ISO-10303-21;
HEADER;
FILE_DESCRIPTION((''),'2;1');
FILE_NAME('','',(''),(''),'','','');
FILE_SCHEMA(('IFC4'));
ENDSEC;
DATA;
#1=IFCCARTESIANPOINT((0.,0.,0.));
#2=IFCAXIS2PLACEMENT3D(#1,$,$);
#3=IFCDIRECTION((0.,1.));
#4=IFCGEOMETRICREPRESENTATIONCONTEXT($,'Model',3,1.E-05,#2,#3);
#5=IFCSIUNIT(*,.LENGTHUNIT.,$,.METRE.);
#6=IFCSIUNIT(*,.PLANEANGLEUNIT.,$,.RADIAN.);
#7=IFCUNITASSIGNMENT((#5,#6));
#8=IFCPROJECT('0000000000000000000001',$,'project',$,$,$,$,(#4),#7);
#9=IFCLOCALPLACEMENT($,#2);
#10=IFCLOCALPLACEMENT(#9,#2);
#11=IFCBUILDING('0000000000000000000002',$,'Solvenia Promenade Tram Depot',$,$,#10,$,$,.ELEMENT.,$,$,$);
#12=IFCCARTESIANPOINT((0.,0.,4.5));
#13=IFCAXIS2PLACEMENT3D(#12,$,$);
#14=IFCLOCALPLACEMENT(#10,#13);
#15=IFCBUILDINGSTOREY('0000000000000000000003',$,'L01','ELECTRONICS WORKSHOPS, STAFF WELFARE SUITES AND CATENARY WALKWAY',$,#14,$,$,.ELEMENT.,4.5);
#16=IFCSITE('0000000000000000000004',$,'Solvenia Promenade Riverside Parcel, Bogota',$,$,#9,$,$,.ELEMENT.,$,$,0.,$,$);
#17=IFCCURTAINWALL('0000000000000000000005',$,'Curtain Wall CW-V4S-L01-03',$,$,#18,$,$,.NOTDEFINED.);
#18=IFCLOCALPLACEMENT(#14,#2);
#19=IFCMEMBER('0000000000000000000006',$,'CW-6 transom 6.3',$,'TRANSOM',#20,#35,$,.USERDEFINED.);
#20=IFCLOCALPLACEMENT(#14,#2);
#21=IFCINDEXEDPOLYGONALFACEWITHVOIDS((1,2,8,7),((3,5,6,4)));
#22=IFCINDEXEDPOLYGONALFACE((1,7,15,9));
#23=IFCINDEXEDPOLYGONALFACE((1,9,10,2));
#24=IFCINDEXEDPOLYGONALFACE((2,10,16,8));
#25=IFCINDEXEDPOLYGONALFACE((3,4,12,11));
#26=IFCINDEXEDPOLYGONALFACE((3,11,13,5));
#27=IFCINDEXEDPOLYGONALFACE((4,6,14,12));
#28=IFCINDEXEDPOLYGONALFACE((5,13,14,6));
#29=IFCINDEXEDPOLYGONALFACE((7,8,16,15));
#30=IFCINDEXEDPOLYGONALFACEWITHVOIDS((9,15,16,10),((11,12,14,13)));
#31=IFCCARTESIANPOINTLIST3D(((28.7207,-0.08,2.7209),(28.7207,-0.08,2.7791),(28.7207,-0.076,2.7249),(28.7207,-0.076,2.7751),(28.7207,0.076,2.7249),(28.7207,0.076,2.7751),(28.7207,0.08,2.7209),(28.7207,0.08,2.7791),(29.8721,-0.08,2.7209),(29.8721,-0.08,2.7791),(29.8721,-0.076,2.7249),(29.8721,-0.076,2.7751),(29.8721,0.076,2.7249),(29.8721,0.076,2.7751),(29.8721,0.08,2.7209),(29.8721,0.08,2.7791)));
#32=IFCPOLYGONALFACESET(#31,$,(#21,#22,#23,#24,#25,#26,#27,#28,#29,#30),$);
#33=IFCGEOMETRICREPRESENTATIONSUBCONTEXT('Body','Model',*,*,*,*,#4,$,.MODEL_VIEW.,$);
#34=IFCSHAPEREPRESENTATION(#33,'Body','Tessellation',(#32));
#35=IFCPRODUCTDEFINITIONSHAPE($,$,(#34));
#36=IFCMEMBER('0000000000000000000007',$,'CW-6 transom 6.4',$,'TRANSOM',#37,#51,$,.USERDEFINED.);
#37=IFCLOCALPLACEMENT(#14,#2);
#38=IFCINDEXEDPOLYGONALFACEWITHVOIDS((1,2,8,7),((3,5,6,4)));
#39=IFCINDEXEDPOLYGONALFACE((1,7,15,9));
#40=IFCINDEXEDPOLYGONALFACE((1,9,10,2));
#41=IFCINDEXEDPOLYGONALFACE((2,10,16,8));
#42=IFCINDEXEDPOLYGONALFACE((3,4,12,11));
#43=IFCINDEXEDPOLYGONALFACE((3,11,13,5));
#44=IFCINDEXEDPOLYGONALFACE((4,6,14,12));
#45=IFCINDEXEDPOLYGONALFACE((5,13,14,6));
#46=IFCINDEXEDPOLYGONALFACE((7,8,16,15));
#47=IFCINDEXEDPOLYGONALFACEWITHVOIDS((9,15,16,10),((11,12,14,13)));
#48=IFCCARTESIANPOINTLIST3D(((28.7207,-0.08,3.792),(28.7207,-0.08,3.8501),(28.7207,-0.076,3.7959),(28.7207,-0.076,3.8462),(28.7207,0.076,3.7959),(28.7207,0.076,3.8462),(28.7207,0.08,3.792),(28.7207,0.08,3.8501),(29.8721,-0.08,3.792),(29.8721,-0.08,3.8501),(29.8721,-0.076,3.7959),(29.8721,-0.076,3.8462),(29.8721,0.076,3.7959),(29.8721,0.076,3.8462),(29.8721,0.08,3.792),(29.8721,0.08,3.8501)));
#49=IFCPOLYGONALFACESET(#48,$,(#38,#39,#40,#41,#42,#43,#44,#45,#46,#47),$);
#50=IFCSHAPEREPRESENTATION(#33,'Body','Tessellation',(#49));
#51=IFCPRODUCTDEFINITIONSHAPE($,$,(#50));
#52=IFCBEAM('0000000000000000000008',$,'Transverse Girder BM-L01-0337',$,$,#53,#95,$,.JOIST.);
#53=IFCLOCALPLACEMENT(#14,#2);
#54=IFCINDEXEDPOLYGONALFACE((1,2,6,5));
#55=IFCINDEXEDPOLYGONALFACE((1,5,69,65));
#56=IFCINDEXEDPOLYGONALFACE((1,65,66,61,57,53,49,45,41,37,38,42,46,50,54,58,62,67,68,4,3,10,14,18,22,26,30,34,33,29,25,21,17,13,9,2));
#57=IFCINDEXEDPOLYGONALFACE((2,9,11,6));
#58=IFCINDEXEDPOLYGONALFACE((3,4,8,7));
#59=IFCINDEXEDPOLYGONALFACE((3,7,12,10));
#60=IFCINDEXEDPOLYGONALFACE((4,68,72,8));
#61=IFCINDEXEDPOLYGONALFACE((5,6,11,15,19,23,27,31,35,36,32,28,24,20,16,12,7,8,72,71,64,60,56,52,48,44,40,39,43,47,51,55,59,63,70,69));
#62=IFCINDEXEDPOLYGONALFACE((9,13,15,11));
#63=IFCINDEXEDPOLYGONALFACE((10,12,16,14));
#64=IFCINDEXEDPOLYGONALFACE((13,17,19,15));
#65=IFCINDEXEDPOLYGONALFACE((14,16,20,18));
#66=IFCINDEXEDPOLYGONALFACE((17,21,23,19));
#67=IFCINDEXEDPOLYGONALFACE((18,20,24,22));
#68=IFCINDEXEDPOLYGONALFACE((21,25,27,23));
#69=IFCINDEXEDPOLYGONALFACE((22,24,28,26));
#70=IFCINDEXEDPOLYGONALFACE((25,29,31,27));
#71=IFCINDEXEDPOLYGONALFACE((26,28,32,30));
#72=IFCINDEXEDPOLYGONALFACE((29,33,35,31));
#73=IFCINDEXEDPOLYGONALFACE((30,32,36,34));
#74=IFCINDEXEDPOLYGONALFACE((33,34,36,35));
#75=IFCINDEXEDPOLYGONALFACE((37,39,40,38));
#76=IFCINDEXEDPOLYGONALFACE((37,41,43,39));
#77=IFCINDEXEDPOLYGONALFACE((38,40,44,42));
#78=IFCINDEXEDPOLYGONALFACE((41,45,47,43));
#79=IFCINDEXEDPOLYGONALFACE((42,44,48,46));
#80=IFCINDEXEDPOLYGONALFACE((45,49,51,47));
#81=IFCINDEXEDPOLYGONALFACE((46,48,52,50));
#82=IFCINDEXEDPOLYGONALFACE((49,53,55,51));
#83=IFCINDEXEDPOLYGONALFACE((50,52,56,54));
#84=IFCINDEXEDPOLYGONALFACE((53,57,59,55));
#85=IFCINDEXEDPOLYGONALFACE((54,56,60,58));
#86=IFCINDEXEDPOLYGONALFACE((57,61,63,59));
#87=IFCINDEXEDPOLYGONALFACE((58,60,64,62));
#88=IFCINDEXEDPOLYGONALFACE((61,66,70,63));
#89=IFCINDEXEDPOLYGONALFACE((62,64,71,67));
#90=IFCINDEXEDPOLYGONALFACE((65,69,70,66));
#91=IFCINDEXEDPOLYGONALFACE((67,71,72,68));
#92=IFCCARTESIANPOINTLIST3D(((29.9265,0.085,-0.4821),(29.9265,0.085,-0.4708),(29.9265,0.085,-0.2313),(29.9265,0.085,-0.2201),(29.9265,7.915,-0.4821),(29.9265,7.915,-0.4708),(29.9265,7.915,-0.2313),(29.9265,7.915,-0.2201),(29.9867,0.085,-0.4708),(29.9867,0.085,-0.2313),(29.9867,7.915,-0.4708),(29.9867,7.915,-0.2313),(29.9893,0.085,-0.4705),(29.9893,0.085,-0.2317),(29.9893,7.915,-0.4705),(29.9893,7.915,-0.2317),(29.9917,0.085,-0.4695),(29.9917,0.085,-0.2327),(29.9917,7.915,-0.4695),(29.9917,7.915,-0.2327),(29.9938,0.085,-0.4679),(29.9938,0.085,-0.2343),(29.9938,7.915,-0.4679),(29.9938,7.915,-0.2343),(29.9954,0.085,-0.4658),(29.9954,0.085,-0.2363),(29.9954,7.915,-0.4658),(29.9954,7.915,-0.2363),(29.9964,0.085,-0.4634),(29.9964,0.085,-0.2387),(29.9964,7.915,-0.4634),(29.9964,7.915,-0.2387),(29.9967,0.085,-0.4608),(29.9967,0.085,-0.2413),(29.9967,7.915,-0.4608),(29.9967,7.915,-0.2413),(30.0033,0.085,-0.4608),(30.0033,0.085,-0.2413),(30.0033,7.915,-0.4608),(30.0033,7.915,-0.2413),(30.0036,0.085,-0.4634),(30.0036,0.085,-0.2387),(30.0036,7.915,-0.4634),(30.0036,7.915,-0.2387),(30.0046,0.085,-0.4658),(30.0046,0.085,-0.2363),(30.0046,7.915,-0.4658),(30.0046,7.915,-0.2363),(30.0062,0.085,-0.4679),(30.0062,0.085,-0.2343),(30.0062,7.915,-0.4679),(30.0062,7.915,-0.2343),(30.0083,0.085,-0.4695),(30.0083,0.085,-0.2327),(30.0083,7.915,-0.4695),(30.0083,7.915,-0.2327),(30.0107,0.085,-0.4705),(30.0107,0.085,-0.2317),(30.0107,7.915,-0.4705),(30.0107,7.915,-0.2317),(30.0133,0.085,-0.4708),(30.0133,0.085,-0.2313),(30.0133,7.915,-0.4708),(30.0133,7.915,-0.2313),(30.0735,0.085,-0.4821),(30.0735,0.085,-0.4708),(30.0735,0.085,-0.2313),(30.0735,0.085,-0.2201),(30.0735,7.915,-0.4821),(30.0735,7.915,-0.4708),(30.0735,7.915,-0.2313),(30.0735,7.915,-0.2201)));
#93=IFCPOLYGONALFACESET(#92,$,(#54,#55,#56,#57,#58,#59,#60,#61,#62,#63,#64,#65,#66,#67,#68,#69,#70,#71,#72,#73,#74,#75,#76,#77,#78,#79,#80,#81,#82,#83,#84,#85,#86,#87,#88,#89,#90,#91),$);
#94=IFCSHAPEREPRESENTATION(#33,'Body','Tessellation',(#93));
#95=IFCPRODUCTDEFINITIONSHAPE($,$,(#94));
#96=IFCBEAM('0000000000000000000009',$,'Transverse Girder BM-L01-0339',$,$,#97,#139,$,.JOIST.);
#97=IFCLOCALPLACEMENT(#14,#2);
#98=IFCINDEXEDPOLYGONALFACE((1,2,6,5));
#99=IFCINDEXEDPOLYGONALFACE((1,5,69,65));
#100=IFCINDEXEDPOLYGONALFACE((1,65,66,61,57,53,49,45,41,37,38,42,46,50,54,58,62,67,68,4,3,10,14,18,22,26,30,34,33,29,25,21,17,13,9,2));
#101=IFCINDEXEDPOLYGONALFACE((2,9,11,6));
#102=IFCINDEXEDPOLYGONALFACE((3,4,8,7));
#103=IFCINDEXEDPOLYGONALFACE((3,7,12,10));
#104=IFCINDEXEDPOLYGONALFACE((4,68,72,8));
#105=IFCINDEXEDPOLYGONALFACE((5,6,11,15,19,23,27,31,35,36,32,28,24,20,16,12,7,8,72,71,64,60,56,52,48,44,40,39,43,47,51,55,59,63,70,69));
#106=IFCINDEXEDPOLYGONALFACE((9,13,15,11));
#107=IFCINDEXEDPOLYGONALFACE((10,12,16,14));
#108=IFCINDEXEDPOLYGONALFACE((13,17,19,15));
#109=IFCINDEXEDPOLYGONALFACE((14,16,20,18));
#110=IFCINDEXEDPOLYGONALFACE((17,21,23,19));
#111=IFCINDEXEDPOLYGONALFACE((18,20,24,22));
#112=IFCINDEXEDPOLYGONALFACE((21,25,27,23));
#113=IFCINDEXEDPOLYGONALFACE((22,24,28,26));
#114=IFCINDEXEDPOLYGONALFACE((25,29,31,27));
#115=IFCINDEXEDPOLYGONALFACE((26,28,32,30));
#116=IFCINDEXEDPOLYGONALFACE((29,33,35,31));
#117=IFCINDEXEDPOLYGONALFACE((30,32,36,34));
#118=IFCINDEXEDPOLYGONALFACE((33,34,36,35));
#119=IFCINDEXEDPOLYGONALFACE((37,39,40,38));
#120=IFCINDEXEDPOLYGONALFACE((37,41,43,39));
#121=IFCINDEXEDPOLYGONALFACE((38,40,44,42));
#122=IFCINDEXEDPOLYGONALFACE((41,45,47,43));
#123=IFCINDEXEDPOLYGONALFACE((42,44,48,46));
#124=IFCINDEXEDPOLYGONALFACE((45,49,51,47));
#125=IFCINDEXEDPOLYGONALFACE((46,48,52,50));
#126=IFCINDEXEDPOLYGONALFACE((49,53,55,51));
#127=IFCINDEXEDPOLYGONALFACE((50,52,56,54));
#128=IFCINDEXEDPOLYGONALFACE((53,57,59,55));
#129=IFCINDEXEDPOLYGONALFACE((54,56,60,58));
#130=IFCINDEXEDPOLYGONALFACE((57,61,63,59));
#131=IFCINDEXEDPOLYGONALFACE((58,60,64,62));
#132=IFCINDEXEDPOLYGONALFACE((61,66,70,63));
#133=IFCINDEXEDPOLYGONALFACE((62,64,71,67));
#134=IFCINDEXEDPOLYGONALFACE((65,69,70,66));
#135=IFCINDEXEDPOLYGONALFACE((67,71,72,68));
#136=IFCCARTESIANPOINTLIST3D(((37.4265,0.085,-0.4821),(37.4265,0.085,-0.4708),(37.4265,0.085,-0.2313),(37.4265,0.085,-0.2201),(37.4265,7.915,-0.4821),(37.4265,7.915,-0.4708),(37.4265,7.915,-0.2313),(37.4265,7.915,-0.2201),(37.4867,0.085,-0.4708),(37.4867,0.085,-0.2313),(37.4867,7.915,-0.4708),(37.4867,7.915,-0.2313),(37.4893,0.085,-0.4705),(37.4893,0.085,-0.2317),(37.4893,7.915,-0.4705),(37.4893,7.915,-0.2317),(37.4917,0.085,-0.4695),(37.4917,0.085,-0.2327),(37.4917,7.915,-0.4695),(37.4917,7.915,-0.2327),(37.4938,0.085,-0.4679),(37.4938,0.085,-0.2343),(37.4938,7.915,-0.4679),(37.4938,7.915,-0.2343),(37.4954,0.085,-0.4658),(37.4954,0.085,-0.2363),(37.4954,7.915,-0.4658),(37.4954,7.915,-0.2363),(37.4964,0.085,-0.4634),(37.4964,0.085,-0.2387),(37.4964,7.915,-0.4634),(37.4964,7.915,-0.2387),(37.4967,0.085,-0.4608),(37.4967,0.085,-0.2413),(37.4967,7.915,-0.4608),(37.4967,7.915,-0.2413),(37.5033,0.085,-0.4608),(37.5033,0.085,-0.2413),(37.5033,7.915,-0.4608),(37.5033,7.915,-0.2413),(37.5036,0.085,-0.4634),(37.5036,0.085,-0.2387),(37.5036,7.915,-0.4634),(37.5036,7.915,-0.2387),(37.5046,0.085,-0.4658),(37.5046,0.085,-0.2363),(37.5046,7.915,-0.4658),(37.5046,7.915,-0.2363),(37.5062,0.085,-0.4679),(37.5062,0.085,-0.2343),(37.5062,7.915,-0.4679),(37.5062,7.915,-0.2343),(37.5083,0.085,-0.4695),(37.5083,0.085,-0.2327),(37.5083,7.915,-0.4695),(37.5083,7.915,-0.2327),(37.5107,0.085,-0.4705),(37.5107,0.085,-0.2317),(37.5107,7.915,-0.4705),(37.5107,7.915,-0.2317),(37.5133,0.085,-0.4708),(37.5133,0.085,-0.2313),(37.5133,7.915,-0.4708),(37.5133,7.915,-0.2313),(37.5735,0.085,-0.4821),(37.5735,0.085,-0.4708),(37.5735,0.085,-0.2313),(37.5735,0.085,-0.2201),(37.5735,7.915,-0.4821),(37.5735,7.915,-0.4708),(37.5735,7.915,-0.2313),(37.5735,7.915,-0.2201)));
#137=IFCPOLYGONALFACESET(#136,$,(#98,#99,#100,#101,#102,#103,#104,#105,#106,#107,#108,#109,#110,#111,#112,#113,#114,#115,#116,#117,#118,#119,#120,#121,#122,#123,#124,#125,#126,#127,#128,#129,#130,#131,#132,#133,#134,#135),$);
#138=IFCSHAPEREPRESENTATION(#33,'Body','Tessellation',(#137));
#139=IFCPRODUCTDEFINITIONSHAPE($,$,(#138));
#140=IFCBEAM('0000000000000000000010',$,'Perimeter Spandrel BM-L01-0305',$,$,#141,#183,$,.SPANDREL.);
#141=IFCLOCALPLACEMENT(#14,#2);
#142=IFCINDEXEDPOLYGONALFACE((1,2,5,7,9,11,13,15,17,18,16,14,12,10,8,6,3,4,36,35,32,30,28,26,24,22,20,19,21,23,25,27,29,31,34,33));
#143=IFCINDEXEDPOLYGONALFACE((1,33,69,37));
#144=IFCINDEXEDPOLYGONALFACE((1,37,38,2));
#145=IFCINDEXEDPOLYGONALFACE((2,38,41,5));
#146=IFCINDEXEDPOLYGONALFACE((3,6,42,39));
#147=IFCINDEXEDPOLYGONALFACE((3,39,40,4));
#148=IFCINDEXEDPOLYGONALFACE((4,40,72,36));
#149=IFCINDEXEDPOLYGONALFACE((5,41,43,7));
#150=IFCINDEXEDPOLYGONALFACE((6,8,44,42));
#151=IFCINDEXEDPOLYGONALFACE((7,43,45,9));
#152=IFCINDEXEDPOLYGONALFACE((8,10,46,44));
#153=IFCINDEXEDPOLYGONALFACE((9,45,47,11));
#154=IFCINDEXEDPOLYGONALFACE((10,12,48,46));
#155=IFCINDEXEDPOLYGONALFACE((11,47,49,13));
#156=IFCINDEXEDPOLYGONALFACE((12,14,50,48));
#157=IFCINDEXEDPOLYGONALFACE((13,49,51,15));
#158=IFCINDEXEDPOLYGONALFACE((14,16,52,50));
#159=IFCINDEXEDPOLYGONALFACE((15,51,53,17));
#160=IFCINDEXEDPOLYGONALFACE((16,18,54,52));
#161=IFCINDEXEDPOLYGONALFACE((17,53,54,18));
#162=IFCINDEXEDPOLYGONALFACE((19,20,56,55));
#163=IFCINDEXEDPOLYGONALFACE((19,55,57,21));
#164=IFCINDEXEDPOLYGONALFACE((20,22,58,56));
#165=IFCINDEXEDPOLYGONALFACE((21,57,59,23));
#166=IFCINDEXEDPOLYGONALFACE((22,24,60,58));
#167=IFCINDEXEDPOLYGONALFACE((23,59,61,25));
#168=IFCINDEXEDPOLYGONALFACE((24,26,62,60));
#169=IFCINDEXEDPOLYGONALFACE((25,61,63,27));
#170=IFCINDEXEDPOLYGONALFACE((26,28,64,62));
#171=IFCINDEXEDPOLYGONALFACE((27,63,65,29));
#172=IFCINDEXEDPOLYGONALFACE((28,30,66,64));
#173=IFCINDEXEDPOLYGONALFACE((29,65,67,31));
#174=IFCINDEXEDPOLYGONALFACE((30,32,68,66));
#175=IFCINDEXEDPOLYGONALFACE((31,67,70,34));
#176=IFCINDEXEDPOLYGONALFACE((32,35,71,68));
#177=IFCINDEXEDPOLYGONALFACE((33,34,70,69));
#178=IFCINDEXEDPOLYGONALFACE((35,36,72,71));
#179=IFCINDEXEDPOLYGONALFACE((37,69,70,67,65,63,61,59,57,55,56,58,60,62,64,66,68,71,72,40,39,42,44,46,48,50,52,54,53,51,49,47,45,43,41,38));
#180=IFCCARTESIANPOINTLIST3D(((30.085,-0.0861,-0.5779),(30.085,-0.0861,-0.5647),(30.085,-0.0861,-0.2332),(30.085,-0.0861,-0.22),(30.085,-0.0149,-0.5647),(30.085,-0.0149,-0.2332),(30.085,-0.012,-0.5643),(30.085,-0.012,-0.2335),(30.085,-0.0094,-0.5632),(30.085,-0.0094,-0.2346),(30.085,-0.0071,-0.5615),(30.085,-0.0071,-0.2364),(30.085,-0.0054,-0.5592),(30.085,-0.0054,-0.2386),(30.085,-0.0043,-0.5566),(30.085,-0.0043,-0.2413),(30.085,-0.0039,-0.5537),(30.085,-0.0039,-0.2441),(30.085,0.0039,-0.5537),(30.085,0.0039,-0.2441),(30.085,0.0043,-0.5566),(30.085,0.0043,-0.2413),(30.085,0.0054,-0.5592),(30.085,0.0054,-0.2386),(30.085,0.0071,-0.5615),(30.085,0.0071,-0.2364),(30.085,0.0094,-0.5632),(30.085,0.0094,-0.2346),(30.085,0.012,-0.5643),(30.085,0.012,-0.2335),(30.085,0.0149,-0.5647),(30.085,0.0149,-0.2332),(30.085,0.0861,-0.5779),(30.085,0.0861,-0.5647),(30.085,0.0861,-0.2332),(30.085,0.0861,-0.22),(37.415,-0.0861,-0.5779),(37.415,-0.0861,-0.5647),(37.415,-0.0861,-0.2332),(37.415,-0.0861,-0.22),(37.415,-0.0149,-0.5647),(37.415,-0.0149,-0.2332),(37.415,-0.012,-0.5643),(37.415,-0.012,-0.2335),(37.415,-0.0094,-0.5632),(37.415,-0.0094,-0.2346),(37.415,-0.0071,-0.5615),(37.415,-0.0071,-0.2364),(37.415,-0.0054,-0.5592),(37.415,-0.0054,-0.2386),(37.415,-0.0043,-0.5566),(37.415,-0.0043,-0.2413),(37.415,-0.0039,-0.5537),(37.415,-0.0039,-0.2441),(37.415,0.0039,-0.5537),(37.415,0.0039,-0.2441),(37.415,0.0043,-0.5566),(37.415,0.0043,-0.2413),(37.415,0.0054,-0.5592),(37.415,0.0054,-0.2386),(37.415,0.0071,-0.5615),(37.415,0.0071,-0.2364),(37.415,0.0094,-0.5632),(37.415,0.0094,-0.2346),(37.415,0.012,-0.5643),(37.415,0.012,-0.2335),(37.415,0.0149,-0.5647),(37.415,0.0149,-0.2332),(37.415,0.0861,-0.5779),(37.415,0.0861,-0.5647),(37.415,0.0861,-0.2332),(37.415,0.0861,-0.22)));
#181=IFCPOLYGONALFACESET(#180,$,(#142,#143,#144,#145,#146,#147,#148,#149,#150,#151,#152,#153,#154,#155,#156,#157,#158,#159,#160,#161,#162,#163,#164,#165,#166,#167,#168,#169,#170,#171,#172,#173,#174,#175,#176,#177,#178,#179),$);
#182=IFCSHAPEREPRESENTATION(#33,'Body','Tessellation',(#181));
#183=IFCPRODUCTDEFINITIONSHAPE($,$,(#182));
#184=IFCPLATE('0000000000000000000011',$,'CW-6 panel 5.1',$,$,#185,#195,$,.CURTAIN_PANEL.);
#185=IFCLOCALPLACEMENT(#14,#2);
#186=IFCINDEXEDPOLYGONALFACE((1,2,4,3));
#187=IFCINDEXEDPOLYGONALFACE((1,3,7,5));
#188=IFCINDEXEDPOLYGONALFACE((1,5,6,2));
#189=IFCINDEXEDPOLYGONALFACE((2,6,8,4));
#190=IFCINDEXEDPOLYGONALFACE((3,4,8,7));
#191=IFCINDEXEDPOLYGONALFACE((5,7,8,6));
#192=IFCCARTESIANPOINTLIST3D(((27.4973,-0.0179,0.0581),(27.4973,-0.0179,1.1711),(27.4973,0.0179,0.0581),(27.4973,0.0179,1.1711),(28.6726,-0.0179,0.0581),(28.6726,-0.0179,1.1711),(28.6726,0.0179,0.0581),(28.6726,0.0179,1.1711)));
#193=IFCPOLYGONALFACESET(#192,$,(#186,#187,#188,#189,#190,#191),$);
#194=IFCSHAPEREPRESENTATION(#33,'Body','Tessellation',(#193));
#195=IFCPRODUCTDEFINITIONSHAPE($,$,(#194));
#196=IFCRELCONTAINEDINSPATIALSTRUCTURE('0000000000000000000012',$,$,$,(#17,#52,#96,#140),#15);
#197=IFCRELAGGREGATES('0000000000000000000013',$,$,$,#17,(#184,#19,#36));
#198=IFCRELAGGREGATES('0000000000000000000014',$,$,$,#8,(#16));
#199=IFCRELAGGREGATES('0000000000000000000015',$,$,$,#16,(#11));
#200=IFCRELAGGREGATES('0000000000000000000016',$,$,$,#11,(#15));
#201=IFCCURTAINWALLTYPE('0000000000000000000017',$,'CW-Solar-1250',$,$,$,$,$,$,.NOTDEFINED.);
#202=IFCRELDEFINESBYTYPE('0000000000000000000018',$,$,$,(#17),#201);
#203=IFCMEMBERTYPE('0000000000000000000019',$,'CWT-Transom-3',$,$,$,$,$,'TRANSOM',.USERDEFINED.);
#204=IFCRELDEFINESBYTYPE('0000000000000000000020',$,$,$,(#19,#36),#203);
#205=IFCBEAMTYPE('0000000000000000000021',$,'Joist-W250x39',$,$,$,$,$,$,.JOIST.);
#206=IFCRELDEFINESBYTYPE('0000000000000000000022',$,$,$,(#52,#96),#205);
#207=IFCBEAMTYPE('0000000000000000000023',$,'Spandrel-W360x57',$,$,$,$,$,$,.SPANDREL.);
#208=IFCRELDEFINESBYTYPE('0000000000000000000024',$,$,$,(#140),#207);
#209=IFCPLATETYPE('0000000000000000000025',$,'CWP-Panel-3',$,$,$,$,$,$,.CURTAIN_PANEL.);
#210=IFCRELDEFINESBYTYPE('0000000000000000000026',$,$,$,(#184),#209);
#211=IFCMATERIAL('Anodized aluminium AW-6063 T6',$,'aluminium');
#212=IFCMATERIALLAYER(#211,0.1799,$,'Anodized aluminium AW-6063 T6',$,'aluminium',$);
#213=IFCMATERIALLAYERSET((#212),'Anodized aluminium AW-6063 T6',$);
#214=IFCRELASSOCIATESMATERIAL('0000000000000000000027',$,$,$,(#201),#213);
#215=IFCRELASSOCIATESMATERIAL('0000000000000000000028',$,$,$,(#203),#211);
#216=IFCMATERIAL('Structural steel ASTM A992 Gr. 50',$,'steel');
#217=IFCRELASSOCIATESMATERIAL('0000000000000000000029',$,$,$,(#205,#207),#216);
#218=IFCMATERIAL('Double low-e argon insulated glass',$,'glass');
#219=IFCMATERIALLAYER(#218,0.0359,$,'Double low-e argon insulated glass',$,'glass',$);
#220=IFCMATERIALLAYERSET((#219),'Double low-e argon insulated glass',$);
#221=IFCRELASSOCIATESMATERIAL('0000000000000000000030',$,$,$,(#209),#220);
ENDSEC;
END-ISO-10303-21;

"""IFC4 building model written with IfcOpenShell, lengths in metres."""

from ifc_helpers import new_model, si_unit, direction, frame, origin, origin_2d, place, context, subcontext, project, spatial, rectangle, hollow_rectangle, i_section, extrude, material, layer, layer_set, material_profile, profile_set, type_object, element, aggregate, save


model = new_model("IFC4")

# Units and contexts
model_context = context("Model", 3, precision=1e-05, world=origin(), true_north=direction((0.0, 1.0)))
body_context = subcontext(model_context, "Body", "Model", "MODEL_VIEW")
ifc_project = project(units=[si_unit("LENGTHUNIT", "METRE"), si_unit("PLANEANGLEUNIT", "RADIAN")], contexts=[model_context])

# Site, building, storey
site_placement = place(None, origin())
site = spatial("IfcSite", under=ifc_project, at=site_placement, Name="Solvenia Promenade Riverside Parcel, Bogota", CompositionType="ELEMENT", RefElevation=0.0)
building_placement = place(site_placement, origin())
building = spatial("IfcBuilding", under=site, at=building_placement, Name="Solvenia Promenade Tram Depot", CompositionType="ELEMENT")
storey_placement = place(building_placement, frame((0.0, 0.0, 4.5)))
storey = spatial("IfcBuildingStorey", under=building, at=storey_placement, Name="L01", Description="ELECTRONICS WORKSHOPS, STAFF WELFARE SUITES AND CATENARY WALKWAY", CompositionType="ELEMENT", Elevation=4.5)

# Shared definitions
ifc_material_1 = material(Name="Structural steel ASTM A992 Gr. 50", Category="steel")

# Curtain wall, members
ifc_material_2 = material(Name="Anodized aluminium AW-6063 T6", Category="aluminium")
ifc_layer_1 = layer(ifc_material_2, 0.1799, Name="Anodized aluminium AW-6063 T6", Category="aluminium")
ifc_layer_set_1 = layer_set([ifc_layer_1], Name="Anodized aluminium AW-6063 T6")
curtain_wall_type = type_object("IfcCurtainWallType", Name="CW-Solar-1250", PredefinedType="NOTDEFINED", material=ifc_layer_set_1)
curtain_wall_placement = place(storey_placement, origin())
curtain_wall = element("IfcCurtainWall", 1, at=curtain_wall_placement, inside=storey, type_object=curtain_wall_type, Name="Curtain Wall CW-V4S-L01-03", PredefinedType="NOTDEFINED")
ifc_material_profile_1 = material_profile(ifc_material_2, hollow_rectangle(XDim=0.1599, YDim=0.0581, WallThickness=0.0039, at=origin_2d()), Name="ALU-T3", Category="aluminium")
ifc_profile_set_1 = profile_set([ifc_material_profile_1], Name="Anodized aluminium AW-6063 T6")
member_type_1 = type_object("IfcMemberType", Name="CWT-Transom-3", ElementType="TRANSOM", PredefinedType="USERDEFINED", material=ifc_profile_set_1)
member_1_placement = place(storey_placement, frame((28.7207, 0.0, 2.75), z_axis=(1.0, 0.0, 0.0), x_axis=(0.0, 1.0, 0.0)))
member_1 = element("IfcMember", 2, at=member_1_placement, type_object=member_type_1, Name="CW-6 transom 6.3", ObjectType="TRANSOM", PredefinedType="USERDEFINED", context=body_context, shape_type="SweptSolid", body=[
    extrude(hollow_rectangle(XDim=0.1599, YDim=0.0581, WallThickness=0.0039, at=origin_2d()), origin(), (0.0, 0.0, 1.0), 1.1514),
])
member_2_placement = place(storey_placement, frame((28.7207, 0.0, 3.821), z_axis=(1.0, 0.0, 0.0), x_axis=(0.0, 1.0, 0.0)))
member_2 = element("IfcMember", 3, at=member_2_placement, type_object=member_type_1, Name="CW-6 transom 6.4", ObjectType="TRANSOM", PredefinedType="USERDEFINED", context=body_context, shape_type="SweptSolid", body=[
    extrude(hollow_rectangle(XDim=0.1599, YDim=0.0581, WallThickness=0.0039, at=origin_2d()), origin(), (0.0, 0.0, 1.0), 1.1514),
])

# Beams
ifc_material_profile_2 = material_profile(ifc_material_1, i_section(OverallWidth=0.147, OverallDepth=0.262, WebThickness=0.0066, FlangeThickness=0.0112, FilletRadius=0.01, at=origin_2d()), Name="W250x39", Category="steel")
ifc_profile_set_2 = profile_set([ifc_material_profile_2], Name="Structural steel ASTM A992 Gr. 50")
beam_type_1 = type_object("IfcBeamType", Name="Joist-W250x39", PredefinedType="JOIST", material=ifc_profile_set_2)
for number, where, z_axis, x_axis, name in (
    (4, (30.0, 0.085, -0.3511), (0.0, 1.0, 0.0), (-1.0, 0.0, 0.0), "Transverse Girder BM-L01-0337"),
    (5, (37.5, 0.085, -0.3511), (0.0, 1.0, 0.0), (-1.0, 0.0, 0.0), "Transverse Girder BM-L01-0339"),
):
    element("IfcBeam", number, at=place(storey_placement, frame(where, z_axis=z_axis, x_axis=x_axis)), inside=storey, type_object=beam_type_1, Name=name, PredefinedType="JOIST", context=body_context, shape_type="SweptSolid", body=[
        extrude(i_section(OverallWidth=0.147, OverallDepth=0.262, WebThickness=0.0066, FlangeThickness=0.0112, FilletRadius=0.01, at=origin_2d()), origin(), (0.0, 0.0, 1.0), 7.8301),
    ])
ifc_material_profile_3 = material_profile(ifc_material_1, i_section(OverallWidth=0.1721, OverallDepth=0.3579, WebThickness=0.0078, FlangeThickness=0.0132, FilletRadius=0.011, at=origin_2d()), Name="W360x57", Category="steel")
ifc_profile_set_3 = profile_set([ifc_material_profile_3], Name="Structural steel ASTM A992 Gr. 50")
beam_type_2 = type_object("IfcBeamType", Name="Spandrel-W360x57", PredefinedType="SPANDREL", material=ifc_profile_set_3)
beam_placement = place(storey_placement, frame((30.085, 0.0, -0.3989), z_axis=(1.0, 0.0, 0.0), x_axis=(0.0, 1.0, 0.0)))
element("IfcBeam", 6, at=beam_placement, inside=storey, type_object=beam_type_2, Name="Perimeter Spandrel BM-L01-0305", PredefinedType="SPANDREL", context=body_context, shape_type="SweptSolid", body=[
    extrude(i_section(OverallWidth=0.1721, OverallDepth=0.3579, WebThickness=0.0078, FlangeThickness=0.0132, FilletRadius=0.011, at=origin_2d()), origin(), (0.0, 0.0, 1.0), 7.3301),
])

# Plate
ifc_material_3 = material(Name="Double low-e argon insulated glass", Category="glass")
ifc_layer_2 = layer(ifc_material_3, 0.0359, Name="Double low-e argon insulated glass", Category="glass")
ifc_layer_set_2 = layer_set([ifc_layer_2], Name="Double low-e argon insulated glass")
plate_type = type_object("IfcPlateType", Name="CWP-Panel-3", PredefinedType="CURTAIN_PANEL", material=ifc_layer_set_2)
plate_1_placement = place(storey_placement, frame((28.085, 0.0, 0.0581), z_axis=(0.0, 0.0, 1.0), x_axis=(1.0, 0.0, 0.0)))
plate_1 = element("IfcPlate", 7, at=plate_1_placement, type_object=plate_type, Name="CW-6 panel 5.1", PredefinedType="CURTAIN_PANEL", context=body_context, shape_type="SweptSolid", body=[
    extrude(rectangle(XDim=1.1753, YDim=0.0359, at=origin_2d()), origin(), (0.0, 0.0, 1.0), 1.113),
])
aggregate(curtain_wall, [plate_1, member_1, member_2])

save(model, "model.ifc")
